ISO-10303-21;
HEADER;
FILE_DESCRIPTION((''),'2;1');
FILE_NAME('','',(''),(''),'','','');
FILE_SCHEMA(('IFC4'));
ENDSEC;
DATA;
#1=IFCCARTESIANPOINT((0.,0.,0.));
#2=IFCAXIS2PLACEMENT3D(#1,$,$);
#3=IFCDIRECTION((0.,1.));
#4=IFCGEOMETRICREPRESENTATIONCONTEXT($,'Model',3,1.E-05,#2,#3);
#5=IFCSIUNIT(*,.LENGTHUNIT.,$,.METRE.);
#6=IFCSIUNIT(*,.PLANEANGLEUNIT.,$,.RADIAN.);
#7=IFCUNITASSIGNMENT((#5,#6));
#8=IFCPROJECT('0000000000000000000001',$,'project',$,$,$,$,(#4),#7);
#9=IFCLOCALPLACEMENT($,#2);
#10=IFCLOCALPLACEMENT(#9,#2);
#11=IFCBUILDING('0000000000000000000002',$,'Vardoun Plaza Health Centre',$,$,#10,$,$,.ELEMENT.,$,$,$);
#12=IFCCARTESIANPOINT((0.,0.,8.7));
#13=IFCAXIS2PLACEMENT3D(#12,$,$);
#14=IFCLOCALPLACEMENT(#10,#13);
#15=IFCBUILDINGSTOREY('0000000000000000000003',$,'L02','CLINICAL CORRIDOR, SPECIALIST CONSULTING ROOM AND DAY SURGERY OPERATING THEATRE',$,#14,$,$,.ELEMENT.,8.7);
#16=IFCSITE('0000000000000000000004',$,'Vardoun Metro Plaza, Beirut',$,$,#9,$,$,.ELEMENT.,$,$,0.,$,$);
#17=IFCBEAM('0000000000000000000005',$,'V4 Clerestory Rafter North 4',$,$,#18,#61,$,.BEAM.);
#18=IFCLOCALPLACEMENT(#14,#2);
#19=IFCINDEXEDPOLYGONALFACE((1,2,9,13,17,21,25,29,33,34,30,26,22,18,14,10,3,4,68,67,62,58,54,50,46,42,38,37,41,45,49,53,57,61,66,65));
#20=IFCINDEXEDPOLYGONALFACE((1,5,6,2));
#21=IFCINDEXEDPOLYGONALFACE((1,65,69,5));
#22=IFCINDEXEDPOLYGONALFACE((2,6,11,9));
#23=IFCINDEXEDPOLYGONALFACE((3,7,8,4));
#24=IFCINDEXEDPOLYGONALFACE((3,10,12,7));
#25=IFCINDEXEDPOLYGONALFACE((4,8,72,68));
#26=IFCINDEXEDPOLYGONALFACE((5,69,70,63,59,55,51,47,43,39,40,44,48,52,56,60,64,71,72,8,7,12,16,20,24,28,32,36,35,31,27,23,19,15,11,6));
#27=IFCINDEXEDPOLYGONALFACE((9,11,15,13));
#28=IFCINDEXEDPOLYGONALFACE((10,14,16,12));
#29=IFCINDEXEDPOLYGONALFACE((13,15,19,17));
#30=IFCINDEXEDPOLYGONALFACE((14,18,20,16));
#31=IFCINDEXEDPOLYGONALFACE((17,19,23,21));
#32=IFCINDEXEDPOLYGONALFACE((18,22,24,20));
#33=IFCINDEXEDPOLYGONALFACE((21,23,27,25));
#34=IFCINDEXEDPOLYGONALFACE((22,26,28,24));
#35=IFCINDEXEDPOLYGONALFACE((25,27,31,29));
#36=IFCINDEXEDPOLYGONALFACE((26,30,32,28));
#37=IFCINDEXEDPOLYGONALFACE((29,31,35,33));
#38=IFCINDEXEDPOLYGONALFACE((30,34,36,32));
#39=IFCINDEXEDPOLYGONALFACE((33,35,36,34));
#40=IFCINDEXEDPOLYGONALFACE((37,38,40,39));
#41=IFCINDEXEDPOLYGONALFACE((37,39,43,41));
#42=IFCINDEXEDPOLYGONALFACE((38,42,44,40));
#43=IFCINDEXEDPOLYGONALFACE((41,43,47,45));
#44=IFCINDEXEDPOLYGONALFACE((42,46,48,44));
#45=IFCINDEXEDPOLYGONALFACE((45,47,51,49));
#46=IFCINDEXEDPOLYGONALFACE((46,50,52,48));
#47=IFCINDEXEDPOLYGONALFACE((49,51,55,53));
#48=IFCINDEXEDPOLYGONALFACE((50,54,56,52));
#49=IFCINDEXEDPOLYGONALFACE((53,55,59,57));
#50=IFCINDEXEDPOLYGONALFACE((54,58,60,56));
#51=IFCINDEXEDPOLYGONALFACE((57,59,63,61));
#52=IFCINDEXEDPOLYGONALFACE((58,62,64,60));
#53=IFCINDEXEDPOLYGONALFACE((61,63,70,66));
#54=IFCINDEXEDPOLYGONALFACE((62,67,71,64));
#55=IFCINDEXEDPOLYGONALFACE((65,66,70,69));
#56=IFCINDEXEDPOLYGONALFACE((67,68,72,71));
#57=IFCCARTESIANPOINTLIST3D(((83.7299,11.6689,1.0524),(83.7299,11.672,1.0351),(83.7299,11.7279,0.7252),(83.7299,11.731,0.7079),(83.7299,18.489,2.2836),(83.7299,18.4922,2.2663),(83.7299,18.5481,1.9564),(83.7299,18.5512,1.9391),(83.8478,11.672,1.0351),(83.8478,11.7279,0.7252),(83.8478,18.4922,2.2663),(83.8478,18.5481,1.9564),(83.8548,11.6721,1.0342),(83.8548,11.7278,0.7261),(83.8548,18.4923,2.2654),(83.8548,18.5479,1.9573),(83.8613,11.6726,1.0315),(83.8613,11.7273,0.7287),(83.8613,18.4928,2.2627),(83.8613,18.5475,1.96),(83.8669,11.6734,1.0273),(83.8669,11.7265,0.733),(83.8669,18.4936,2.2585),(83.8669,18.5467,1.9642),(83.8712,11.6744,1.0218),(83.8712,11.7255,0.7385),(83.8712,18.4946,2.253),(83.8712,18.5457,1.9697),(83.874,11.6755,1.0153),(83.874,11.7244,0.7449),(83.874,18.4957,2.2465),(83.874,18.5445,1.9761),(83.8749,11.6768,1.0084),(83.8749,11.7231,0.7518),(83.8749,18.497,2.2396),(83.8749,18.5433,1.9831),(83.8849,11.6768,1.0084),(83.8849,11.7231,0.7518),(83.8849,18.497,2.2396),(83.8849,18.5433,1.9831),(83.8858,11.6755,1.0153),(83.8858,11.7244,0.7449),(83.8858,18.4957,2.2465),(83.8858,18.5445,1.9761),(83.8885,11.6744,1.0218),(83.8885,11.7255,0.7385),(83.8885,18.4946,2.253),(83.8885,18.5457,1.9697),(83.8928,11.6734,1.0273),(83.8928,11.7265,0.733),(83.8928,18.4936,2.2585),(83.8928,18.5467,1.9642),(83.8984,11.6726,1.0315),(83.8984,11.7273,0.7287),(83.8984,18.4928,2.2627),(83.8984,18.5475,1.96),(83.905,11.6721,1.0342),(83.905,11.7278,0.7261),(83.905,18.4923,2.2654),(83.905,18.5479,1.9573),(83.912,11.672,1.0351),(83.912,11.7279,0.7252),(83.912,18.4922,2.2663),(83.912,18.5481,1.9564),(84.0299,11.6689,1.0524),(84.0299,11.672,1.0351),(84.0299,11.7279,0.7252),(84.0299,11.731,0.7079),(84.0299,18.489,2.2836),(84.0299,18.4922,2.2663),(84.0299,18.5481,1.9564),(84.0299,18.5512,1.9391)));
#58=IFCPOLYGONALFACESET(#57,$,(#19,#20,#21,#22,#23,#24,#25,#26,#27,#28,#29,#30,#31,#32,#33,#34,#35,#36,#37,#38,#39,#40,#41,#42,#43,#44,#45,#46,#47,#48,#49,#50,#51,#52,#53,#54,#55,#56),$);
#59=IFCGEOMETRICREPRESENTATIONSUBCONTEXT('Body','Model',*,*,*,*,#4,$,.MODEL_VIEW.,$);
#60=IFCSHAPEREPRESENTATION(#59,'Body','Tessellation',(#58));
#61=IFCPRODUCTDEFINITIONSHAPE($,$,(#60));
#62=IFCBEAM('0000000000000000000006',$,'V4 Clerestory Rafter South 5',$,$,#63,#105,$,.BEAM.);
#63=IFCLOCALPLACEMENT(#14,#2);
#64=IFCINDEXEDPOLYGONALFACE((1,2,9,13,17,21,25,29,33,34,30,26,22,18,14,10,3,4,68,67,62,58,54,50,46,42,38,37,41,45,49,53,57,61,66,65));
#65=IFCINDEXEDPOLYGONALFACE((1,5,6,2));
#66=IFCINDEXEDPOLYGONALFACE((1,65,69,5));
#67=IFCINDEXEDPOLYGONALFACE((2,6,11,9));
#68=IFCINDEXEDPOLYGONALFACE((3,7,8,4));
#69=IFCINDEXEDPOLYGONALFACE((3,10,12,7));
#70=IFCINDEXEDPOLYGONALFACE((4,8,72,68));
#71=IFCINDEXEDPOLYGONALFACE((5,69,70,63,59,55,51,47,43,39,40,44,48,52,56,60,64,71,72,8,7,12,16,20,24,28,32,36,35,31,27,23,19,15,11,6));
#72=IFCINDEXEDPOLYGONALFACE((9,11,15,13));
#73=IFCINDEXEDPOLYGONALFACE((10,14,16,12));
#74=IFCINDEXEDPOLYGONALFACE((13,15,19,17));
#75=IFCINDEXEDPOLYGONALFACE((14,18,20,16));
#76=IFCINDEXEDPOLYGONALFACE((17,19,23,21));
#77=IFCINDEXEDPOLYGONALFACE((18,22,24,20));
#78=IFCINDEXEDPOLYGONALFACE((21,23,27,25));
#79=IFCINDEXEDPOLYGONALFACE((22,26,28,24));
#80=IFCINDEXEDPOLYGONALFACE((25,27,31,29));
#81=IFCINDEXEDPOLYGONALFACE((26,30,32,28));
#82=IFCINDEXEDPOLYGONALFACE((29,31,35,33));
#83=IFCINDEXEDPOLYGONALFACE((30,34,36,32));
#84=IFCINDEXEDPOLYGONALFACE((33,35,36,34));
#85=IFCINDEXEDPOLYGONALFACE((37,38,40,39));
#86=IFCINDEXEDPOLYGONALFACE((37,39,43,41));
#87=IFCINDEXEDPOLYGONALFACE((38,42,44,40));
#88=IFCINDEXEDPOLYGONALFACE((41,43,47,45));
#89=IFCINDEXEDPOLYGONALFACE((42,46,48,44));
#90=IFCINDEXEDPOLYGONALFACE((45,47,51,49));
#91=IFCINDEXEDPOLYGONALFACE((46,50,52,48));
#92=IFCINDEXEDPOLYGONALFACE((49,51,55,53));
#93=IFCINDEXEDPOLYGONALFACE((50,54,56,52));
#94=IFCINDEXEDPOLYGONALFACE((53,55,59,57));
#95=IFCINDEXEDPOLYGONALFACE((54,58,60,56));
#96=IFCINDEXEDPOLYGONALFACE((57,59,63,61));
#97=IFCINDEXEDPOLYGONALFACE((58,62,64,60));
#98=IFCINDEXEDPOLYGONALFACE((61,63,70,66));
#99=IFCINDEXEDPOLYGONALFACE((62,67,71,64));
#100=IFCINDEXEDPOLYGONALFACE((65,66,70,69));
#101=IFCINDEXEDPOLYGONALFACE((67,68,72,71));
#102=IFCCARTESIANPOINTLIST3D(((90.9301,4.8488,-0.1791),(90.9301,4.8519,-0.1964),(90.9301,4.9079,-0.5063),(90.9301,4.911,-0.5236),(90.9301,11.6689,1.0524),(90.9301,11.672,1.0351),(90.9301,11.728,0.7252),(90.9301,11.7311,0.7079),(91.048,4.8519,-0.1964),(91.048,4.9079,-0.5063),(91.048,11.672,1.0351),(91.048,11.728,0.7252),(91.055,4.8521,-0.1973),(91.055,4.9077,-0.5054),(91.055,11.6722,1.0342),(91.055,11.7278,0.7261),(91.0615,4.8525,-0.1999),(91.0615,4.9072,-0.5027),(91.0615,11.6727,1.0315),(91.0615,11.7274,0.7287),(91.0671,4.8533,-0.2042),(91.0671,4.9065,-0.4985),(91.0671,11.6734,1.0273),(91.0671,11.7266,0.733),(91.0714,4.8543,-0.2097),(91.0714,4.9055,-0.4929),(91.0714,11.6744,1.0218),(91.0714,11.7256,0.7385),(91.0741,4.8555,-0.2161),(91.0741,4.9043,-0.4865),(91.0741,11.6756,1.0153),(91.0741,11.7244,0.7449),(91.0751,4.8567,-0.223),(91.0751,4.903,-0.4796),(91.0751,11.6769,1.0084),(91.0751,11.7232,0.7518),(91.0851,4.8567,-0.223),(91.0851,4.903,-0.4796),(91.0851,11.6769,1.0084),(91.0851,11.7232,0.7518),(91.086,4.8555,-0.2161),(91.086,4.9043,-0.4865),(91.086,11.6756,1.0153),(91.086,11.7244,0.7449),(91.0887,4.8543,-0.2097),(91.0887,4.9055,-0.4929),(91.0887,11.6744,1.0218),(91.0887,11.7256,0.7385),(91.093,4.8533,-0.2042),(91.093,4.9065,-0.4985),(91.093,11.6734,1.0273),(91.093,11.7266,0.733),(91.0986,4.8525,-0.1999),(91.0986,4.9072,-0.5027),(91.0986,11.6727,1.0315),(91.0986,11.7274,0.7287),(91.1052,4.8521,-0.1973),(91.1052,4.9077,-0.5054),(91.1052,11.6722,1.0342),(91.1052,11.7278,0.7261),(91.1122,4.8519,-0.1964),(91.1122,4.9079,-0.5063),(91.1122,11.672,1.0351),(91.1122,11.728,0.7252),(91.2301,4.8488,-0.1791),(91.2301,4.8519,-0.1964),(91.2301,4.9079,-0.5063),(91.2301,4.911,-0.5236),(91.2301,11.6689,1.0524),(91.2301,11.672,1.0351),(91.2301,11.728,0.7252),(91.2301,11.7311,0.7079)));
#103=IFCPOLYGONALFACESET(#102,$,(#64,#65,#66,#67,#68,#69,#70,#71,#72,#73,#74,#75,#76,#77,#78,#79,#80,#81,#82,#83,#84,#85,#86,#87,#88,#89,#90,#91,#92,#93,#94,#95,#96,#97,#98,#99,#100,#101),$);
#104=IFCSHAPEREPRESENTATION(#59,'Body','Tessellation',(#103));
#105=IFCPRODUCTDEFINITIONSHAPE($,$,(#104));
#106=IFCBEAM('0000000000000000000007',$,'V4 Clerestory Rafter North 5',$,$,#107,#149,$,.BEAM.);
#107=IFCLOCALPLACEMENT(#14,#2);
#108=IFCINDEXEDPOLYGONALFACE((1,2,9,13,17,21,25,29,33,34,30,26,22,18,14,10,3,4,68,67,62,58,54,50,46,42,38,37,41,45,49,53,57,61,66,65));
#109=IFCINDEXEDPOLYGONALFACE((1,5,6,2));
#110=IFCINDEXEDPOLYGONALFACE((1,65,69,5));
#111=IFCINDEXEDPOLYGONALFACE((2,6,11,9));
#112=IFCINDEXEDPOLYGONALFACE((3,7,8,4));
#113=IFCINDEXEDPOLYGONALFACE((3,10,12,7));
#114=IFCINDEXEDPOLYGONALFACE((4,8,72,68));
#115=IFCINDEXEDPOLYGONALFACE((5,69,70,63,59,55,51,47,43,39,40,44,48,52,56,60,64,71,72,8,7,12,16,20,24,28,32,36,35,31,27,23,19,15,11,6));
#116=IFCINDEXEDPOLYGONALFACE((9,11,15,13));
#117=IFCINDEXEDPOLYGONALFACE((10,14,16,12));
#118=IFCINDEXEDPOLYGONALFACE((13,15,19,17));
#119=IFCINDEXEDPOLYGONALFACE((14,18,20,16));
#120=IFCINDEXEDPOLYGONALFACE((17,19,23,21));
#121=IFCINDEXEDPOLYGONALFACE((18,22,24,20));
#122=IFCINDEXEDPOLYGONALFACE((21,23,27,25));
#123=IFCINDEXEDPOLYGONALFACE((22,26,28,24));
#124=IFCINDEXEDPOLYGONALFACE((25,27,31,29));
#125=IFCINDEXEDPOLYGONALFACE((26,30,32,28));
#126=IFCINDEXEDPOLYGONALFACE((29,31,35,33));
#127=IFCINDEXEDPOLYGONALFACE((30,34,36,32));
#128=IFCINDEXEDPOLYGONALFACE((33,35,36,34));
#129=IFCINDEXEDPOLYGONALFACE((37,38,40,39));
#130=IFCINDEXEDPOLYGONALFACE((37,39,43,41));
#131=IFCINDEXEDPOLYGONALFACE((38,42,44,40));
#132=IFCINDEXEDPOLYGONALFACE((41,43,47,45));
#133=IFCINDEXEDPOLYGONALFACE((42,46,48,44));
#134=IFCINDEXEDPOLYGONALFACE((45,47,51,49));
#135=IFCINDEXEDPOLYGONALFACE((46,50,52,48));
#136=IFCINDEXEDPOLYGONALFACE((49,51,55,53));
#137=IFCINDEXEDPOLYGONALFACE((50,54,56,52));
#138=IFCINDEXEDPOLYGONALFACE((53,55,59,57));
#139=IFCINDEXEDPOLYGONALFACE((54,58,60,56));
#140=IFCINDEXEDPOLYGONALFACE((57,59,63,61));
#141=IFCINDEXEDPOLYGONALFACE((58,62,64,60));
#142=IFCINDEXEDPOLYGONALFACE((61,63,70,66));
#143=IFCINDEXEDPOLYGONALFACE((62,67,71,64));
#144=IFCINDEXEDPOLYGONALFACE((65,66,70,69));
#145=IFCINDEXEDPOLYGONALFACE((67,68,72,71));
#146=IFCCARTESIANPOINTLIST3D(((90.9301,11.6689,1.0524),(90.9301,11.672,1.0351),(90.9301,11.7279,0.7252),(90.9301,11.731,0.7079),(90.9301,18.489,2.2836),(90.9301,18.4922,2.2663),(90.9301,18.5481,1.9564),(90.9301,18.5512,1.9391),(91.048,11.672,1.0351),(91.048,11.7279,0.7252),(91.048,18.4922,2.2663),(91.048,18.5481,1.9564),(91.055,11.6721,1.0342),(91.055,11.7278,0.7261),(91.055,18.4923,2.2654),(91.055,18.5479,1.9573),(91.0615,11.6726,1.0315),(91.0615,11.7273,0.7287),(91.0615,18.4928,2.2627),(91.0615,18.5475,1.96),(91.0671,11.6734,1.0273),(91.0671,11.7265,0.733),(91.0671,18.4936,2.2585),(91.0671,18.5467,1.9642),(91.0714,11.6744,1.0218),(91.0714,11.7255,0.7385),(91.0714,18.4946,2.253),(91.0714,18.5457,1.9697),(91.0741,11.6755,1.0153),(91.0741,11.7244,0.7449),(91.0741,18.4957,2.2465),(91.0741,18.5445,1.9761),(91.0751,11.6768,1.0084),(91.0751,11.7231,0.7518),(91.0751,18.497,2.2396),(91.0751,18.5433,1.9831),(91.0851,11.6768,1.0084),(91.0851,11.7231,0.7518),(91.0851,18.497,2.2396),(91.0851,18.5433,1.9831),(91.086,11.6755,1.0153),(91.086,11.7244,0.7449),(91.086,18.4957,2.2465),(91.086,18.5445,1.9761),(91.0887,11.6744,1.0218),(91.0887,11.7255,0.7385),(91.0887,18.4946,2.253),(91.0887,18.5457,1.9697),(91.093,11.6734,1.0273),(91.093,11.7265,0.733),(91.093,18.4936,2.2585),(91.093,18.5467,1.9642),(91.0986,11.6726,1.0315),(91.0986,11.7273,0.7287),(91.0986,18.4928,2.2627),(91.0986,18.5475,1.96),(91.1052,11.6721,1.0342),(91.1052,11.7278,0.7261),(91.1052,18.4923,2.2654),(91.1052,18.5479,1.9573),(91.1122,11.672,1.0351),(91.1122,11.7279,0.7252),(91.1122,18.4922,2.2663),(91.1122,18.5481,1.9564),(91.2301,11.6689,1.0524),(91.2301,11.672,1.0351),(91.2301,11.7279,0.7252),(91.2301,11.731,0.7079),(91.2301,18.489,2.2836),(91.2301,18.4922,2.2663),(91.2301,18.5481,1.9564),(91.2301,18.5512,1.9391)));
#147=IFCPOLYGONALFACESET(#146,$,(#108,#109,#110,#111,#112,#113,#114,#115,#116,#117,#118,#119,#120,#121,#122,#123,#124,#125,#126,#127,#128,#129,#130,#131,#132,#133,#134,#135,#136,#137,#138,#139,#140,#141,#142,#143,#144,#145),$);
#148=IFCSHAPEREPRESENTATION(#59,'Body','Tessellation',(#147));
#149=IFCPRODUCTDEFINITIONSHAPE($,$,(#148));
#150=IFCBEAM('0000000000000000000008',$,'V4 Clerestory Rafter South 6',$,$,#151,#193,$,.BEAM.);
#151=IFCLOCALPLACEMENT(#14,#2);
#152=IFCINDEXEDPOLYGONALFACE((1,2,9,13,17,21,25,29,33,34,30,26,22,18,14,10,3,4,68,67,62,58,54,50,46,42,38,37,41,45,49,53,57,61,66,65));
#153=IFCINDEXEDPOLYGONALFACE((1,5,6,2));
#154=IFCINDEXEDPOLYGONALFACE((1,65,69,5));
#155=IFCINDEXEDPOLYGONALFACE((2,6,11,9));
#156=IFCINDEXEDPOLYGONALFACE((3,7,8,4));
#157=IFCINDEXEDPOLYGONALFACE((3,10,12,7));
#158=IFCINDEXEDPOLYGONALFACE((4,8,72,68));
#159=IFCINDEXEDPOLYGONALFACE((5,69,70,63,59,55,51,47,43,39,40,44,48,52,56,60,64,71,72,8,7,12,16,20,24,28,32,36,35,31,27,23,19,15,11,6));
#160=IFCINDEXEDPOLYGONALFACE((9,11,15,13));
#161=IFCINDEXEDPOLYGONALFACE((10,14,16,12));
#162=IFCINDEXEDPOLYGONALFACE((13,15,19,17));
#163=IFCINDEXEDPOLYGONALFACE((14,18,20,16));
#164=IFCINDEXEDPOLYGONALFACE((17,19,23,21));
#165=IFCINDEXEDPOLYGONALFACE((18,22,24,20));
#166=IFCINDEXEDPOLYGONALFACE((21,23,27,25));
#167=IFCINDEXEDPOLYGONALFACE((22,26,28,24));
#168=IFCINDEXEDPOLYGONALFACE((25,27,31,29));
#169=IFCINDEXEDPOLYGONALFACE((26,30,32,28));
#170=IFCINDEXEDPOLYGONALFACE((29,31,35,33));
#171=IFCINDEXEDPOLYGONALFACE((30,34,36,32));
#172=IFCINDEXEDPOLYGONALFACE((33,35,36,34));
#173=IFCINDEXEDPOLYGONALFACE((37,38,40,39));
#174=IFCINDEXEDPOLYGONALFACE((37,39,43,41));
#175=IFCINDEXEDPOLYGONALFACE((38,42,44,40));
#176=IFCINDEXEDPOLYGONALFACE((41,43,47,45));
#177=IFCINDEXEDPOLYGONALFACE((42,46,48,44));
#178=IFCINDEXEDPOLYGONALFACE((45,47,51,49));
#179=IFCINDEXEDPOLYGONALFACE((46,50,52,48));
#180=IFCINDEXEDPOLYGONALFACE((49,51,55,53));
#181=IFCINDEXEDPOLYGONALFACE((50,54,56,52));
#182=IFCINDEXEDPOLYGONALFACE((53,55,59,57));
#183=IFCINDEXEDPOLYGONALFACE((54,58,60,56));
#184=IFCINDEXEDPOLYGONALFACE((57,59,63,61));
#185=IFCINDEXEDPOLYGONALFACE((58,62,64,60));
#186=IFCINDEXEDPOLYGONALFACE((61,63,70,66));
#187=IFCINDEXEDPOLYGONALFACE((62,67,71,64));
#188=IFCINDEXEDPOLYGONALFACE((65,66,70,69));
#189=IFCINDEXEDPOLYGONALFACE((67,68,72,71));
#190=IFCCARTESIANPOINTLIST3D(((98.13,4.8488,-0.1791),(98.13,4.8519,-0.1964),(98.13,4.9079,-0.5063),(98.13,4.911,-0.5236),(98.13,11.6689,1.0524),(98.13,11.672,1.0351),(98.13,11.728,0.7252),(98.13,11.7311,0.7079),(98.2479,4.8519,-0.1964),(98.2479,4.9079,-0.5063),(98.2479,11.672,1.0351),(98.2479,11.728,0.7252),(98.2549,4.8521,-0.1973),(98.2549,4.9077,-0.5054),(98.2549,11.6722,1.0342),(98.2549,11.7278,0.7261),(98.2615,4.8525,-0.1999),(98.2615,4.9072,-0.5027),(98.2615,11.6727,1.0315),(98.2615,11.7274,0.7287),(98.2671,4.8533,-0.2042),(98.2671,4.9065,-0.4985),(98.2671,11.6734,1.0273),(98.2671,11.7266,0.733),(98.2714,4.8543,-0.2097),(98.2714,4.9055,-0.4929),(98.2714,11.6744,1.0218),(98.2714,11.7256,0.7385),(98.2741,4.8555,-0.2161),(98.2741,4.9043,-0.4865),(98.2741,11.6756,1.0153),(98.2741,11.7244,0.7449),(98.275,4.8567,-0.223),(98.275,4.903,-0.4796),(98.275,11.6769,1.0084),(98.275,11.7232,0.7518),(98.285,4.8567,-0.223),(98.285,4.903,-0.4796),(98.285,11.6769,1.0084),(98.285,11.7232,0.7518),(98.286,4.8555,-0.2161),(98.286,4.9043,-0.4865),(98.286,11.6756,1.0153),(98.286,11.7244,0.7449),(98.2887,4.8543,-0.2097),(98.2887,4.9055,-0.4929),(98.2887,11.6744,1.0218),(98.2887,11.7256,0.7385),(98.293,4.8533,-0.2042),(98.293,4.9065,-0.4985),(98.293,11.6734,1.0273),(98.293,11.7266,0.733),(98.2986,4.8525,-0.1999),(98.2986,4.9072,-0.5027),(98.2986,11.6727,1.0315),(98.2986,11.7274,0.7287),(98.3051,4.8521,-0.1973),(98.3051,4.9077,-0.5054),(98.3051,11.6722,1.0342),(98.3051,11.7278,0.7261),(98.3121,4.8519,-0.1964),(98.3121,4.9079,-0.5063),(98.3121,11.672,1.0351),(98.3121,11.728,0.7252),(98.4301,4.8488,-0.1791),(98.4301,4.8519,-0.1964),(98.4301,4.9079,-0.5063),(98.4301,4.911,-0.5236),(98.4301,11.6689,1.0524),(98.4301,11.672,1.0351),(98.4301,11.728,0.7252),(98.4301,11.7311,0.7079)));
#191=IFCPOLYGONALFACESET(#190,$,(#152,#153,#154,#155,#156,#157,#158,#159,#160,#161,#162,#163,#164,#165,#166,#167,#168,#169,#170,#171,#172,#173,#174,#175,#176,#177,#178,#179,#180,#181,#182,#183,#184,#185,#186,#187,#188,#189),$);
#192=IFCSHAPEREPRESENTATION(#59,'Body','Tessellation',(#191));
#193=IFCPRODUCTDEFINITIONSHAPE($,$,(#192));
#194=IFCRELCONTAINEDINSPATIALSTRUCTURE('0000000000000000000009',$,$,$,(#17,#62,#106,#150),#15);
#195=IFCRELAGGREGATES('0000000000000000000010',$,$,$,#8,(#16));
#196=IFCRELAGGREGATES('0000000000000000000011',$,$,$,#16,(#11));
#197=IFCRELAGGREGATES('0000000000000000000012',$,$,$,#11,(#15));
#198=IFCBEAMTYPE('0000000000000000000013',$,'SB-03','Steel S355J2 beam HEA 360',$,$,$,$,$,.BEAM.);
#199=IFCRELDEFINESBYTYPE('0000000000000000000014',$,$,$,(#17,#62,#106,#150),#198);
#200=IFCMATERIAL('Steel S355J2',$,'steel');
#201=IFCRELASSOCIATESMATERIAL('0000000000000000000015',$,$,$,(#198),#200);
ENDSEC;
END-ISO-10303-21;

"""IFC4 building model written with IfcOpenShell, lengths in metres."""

from ifc_helpers import new_model, si_unit, direction, frame, origin, origin_2d, place, context, subcontext, project, spatial, i_section, extrude, material, material_profile, profile_set, type_object, element, save


model = new_model("IFC4")

# Units and contexts
model_context = context("Model", 3, precision=1e-05, world=origin(), true_north=direction((0.0, 1.0)))
body_context = subcontext(model_context, "Body", "Model", "MODEL_VIEW")
ifc_project = project(units=[si_unit("LENGTHUNIT", "METRE"), si_unit("PLANEANGLEUNIT", "RADIAN")], contexts=[model_context])

# Site, building, storey
site_placement = place(None, origin())
site = spatial("IfcSite", under=ifc_project, at=site_placement, Name="Vardoun Metro Plaza, Beirut", CompositionType="ELEMENT", RefElevation=0.0)
building_placement = place(site_placement, origin())
building = spatial("IfcBuilding", under=site, at=building_placement, Name="Vardoun Plaza Health Centre", CompositionType="ELEMENT")
storey_placement = place(building_placement, frame((0.0, 0.0, 8.7)))
storey = spatial("IfcBuildingStorey", under=building, at=storey_placement, Name="L02", Description="CLINICAL CORRIDOR, SPECIALIST CONSULTING ROOM AND DAY SURGERY OPERATING THEATRE", CompositionType="ELEMENT", Elevation=8.7)

# Beams
ifc_material_1 = material(Name="Steel S355J2", Category="steel")
ifc_material_profile_1 = material_profile(ifc_material_1, i_section(OverallWidth=0.3, OverallDepth=0.3501, WebThickness=0.01, FlangeThickness=0.0176, FilletRadius=0.0271, at=origin_2d()), Name="HEA 360")
ifc_profile_set_1 = profile_set([ifc_material_profile_1], Name="Steel S355J2")
beam_type = type_object("IfcBeamType", Name="SB-03", Description="Steel S355J2 beam HEA 360", PredefinedType="BEAM", material=ifc_profile_set_1)
for number, where, z_axis, x_axis, name in (
    (1, (83.8799, 11.7, 0.8801), (0.0, 0.984093, 0.177655), (-1.0, 0.0, 0.0), "V4 Clerestory Rafter North 4"),
    (2, (91.0801, 4.8799, -0.3513), (0.0, 0.984087, 0.177689), (-1.0, 0.0, 0.0), "V4 Clerestory Rafter South 5"),
    (3, (91.0801, 11.7, 0.8801), (0.0, 0.984093, 0.177655), (-1.0, 0.0, 0.0), "V4 Clerestory Rafter North 5"),
    (4, (98.28, 4.8799, -0.3513), (0.0, 0.984087, 0.177689), (-1.0, 0.0, 0.0), "V4 Clerestory Rafter South 6"),
):
    element("IfcBeam", number, at=place(storey_placement, frame(where, z_axis=z_axis, x_axis=x_axis)), inside=storey, type_object=beam_type, Name=name, PredefinedType="BEAM", context=body_context, shape_type="SweptSolid", body=[
        extrude(i_section(OverallWidth=0.3, OverallDepth=0.3501, WebThickness=0.01, FlangeThickness=0.0176, FilletRadius=0.0271, at=origin_2d()), origin(), (0.0, 0.0, 1.0), 6.9304),
    ])

save(model, "model.ifc")
